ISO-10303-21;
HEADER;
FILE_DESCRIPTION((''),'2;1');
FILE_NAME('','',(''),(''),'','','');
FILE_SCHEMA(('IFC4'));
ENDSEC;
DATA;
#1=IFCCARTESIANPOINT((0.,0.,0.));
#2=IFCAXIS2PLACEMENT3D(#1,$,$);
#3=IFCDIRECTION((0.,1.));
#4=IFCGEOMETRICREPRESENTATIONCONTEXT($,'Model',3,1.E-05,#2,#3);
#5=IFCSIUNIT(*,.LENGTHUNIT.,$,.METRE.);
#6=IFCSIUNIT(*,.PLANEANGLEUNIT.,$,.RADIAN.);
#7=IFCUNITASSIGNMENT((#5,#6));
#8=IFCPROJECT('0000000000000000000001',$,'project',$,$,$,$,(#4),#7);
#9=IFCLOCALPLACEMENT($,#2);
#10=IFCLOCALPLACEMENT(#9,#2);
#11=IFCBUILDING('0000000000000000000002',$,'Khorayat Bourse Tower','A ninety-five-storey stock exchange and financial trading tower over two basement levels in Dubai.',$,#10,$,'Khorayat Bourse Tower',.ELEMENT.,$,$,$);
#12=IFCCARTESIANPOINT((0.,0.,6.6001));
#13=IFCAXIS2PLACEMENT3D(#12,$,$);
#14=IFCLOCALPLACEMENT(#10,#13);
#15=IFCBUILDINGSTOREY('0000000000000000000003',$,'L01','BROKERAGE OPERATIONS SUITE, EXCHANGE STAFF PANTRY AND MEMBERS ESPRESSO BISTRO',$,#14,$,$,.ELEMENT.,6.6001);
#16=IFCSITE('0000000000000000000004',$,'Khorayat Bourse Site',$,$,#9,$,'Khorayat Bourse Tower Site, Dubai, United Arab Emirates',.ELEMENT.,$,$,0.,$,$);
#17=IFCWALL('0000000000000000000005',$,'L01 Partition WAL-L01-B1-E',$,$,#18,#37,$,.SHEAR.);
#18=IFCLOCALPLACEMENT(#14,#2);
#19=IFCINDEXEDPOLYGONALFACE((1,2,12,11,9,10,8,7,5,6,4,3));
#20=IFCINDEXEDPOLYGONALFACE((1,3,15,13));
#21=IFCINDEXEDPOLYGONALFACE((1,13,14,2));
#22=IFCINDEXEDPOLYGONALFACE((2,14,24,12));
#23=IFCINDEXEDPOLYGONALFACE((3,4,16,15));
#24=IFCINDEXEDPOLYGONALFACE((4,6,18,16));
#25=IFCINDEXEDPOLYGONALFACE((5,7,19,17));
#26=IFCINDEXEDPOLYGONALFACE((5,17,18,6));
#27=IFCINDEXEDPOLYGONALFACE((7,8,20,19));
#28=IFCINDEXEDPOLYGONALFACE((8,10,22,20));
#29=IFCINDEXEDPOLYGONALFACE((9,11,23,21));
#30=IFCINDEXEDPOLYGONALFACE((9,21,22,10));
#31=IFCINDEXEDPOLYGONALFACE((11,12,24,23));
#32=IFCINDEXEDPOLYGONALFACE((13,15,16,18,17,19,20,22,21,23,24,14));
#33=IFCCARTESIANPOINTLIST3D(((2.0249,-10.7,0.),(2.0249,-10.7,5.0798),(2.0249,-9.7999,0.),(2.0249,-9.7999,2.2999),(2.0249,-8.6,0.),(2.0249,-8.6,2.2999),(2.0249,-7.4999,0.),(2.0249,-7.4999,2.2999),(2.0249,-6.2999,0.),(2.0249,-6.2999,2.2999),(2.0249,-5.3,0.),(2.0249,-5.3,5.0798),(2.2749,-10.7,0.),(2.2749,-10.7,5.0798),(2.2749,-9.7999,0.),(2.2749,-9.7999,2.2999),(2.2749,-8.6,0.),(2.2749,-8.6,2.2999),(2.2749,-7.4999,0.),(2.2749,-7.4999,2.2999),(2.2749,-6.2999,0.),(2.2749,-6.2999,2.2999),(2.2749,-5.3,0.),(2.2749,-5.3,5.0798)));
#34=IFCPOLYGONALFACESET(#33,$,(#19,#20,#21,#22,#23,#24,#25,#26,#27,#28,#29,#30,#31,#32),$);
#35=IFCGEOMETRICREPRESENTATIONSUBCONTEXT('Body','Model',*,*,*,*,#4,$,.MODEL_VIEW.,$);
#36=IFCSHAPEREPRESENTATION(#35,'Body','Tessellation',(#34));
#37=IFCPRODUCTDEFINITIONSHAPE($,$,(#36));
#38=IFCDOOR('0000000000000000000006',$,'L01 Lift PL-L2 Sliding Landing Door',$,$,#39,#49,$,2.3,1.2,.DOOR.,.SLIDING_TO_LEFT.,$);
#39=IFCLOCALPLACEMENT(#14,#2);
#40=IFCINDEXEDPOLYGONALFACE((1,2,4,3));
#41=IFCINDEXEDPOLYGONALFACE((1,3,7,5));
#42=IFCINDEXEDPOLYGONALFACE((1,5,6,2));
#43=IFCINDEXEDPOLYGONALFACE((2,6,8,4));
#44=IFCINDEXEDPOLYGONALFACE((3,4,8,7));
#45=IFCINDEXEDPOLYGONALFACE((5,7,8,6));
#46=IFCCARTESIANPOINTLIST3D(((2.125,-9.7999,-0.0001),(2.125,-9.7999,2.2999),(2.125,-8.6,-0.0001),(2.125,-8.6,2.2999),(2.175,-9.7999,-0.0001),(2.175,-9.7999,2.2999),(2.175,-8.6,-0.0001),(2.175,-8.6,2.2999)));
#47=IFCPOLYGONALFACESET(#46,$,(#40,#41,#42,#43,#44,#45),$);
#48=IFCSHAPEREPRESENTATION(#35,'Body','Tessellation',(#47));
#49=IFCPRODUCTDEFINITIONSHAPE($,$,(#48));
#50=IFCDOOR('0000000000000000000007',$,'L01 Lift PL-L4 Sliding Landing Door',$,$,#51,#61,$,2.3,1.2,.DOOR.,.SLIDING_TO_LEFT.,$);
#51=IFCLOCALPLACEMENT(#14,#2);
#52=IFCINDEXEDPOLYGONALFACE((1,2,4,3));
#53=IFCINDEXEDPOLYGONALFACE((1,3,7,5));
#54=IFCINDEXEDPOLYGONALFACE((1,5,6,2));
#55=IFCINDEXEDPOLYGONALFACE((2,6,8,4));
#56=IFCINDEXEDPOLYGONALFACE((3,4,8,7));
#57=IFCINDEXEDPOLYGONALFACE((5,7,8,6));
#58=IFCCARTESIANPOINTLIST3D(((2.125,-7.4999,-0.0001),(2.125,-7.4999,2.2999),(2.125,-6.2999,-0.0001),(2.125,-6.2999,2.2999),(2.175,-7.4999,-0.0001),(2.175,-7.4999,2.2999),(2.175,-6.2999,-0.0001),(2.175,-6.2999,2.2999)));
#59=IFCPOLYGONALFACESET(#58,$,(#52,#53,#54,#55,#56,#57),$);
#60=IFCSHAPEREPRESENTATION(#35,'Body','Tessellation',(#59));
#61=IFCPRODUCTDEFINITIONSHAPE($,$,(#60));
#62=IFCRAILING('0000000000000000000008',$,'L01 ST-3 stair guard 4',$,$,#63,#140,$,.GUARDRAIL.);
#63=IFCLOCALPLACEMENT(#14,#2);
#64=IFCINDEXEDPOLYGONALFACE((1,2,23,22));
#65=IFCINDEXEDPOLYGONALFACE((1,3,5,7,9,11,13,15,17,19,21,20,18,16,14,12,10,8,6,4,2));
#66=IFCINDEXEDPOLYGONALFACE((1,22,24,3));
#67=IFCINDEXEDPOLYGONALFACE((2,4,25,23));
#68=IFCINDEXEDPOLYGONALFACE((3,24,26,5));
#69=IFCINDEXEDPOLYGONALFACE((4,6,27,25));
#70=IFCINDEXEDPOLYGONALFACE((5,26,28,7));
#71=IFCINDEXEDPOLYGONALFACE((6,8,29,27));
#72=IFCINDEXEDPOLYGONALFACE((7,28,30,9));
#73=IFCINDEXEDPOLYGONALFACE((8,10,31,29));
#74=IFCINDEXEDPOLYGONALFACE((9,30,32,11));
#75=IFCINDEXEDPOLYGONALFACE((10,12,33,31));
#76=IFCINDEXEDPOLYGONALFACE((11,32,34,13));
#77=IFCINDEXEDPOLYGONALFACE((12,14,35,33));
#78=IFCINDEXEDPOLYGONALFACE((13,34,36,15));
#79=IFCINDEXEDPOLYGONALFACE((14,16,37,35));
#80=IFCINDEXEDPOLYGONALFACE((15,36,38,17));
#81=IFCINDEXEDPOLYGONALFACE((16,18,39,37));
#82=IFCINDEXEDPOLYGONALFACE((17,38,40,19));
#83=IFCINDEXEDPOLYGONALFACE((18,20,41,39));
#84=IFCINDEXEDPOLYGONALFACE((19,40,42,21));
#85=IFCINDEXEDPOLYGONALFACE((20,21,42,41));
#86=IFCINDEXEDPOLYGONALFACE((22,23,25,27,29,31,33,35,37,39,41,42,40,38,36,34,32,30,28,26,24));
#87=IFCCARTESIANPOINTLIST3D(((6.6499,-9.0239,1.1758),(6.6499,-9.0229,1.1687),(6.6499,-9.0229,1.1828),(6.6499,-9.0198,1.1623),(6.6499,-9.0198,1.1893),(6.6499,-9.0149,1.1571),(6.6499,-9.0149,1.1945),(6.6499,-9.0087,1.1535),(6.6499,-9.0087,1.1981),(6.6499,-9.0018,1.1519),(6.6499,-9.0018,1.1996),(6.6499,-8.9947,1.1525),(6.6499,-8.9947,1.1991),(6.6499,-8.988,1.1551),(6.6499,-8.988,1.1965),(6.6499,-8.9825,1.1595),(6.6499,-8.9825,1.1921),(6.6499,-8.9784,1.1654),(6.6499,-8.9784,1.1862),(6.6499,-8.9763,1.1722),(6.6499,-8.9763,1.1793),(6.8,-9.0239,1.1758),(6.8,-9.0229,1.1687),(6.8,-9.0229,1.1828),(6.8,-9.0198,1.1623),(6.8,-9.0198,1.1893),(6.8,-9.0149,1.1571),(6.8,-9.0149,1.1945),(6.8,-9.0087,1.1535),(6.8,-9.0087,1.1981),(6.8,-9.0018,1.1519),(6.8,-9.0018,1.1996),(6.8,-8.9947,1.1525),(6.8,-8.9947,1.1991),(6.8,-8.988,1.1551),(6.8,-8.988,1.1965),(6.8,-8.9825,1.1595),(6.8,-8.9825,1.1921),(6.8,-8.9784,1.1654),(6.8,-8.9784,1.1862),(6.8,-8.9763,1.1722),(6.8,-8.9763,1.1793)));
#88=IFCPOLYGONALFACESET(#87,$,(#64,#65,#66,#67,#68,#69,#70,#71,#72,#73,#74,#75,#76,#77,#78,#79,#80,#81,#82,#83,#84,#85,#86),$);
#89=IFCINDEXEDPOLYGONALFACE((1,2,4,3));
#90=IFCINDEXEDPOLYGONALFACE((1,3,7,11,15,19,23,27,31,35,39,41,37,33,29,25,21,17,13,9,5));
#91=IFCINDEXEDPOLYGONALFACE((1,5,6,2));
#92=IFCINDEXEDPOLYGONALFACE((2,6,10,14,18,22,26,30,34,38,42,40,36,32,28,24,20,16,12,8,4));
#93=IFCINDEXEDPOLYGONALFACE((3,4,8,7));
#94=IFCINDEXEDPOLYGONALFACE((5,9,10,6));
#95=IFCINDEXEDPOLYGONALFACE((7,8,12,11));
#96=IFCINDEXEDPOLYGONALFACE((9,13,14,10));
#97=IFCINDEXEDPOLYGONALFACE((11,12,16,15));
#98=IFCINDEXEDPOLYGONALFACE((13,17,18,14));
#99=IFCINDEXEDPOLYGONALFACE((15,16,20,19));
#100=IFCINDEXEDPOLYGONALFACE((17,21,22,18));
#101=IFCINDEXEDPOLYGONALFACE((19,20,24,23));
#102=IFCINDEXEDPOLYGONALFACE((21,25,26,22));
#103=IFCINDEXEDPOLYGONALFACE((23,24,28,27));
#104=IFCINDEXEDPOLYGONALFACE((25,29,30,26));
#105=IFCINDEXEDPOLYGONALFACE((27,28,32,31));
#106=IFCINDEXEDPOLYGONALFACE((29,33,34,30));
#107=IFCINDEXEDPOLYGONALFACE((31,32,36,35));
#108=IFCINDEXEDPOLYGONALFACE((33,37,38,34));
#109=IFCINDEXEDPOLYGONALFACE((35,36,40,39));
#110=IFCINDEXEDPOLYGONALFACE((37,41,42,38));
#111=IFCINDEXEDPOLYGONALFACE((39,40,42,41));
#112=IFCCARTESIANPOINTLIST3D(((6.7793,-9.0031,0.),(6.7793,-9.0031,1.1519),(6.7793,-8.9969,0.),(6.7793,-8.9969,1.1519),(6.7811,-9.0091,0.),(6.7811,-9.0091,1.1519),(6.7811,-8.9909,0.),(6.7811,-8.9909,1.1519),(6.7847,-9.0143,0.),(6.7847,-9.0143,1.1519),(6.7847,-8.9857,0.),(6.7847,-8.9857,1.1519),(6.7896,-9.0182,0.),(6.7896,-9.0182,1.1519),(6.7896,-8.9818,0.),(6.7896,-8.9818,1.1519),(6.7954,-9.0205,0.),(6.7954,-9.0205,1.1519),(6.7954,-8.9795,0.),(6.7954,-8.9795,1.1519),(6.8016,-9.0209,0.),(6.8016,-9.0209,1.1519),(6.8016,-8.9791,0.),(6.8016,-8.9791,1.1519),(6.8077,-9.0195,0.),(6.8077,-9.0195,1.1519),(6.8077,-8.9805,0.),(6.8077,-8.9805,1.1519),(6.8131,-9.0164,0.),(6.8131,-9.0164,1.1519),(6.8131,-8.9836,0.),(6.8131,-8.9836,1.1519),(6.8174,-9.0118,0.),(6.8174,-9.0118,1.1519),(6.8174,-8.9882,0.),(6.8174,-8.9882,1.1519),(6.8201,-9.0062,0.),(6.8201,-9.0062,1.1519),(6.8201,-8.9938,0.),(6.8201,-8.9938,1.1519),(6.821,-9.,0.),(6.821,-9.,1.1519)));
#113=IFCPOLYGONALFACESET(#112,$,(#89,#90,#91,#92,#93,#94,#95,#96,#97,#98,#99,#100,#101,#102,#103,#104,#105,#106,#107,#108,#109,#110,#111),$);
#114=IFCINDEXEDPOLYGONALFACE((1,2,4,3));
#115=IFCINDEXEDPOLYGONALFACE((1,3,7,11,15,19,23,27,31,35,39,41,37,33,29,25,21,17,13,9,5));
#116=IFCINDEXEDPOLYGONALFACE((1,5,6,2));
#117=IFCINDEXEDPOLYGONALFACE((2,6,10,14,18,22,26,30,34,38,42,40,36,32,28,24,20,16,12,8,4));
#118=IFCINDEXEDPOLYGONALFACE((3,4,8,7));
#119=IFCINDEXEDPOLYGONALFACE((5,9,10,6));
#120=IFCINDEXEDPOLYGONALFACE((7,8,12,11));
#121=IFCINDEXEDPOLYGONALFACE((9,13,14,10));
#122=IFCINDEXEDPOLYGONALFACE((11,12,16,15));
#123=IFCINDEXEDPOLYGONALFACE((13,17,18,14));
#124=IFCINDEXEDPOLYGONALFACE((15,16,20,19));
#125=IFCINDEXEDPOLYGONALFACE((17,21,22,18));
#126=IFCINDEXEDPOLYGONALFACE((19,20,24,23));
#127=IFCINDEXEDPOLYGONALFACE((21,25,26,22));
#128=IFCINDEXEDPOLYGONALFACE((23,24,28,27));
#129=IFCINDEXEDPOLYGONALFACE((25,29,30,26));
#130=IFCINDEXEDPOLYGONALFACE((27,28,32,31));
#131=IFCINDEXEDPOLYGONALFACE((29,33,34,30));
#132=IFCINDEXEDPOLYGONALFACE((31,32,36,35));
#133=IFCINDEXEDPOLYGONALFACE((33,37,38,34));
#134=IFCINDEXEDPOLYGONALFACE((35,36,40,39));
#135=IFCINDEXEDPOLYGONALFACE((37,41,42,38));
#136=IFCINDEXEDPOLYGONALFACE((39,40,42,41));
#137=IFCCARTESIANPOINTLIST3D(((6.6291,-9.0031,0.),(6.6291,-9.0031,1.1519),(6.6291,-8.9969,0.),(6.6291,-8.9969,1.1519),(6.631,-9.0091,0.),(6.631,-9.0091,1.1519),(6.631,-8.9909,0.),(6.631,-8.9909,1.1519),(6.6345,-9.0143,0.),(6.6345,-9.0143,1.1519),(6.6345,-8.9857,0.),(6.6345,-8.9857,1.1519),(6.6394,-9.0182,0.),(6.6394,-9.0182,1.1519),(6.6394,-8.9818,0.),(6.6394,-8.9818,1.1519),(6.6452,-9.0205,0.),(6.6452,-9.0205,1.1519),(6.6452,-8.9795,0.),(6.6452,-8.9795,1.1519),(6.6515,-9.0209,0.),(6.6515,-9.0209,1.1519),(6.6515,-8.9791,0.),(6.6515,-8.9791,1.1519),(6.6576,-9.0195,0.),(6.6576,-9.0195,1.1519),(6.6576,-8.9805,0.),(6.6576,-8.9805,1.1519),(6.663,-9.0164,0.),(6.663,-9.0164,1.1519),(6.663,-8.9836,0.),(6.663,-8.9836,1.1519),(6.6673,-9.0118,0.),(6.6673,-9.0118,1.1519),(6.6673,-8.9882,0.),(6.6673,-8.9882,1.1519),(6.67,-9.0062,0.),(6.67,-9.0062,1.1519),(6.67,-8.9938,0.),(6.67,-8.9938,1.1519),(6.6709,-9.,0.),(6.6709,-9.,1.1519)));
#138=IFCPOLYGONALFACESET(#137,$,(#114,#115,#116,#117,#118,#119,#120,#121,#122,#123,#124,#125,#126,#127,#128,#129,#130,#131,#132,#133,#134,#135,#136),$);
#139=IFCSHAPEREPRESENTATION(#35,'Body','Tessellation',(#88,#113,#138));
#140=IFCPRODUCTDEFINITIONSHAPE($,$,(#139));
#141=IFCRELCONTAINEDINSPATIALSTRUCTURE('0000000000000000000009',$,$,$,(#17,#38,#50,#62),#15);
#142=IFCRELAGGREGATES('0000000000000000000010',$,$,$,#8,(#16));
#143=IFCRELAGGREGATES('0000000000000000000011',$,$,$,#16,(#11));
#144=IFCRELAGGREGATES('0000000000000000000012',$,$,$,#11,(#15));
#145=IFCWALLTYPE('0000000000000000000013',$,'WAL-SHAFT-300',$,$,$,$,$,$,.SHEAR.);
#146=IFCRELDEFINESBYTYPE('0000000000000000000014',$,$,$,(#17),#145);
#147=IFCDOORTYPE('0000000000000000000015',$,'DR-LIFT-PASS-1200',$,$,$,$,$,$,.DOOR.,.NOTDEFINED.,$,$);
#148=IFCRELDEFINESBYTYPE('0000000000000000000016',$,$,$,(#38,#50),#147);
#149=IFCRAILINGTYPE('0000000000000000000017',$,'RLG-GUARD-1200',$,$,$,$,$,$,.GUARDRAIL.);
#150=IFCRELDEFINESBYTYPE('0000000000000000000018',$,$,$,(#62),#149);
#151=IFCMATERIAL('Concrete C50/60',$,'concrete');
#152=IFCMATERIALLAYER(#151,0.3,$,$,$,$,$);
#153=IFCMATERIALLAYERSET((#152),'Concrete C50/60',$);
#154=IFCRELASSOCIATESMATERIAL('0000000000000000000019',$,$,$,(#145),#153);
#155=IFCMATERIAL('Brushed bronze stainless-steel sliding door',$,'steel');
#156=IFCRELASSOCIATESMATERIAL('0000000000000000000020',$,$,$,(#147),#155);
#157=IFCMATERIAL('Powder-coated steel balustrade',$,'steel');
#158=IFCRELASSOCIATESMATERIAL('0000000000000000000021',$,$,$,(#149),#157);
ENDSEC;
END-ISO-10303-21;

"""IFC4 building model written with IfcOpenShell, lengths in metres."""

from ifc_helpers import new_model, si_unit, direction, frame, frame_2d, origin, origin_2d, place, context, subcontext, project, spatial, rectangle, circle, extrude, source, transform, mapped, material, layer, layer_set, type_object, element, fill, save


model = new_model("IFC4")

# Units and contexts
model_context = context("Model", 3, precision=1e-05, world=origin(), true_north=direction((0.0, 1.0)))
body_context = subcontext(model_context, "Body", "Model", "MODEL_VIEW")
ifc_project = project(units=[si_unit("LENGTHUNIT", "METRE"), si_unit("PLANEANGLEUNIT", "RADIAN")], contexts=[model_context])

# Site, building, storey
site_placement = place(None, origin())
site = spatial("IfcSite", under=ifc_project, at=site_placement, Name="Khorayat Bourse Site", LongName="Khorayat Bourse Tower Site, Dubai, United Arab Emirates", CompositionType="ELEMENT", RefElevation=0.0)
building_placement = place(site_placement, origin())
building = spatial("IfcBuilding", under=site, at=building_placement, Name="Khorayat Bourse Tower", Description="A ninety-five-storey stock exchange and financial trading tower over two basement levels in Dubai.", LongName="Khorayat Bourse Tower", CompositionType="ELEMENT")
storey_placement = place(building_placement, frame((0.0, 0.0, 6.6001)))
storey = spatial("IfcBuildingStorey", under=building, at=storey_placement, Name="L01", Description="BROKERAGE OPERATIONS SUITE, EXCHANGE STAFF PANTRY AND MEMBERS ESPRESSO BISTRO", CompositionType="ELEMENT", Elevation=6.6001)

# Wall, openings, doors
ifc_material_1 = material(Name="Concrete C50/60", Category="concrete")
ifc_layer_1 = layer(ifc_material_1, 0.3)
ifc_layer_set_1 = layer_set([ifc_layer_1], Name="Concrete C50/60")
wall_type_1 = type_object("IfcWallType", Name="WAL-SHAFT-300", PredefinedType="SHEAR", material=ifc_layer_set_1)
shared_shape_1 = source(origin(), body_context, "Body", "SweptSolid", [
    extrude(rectangle(XDim=5.3999, YDim=0.25, at=frame_2d((2.7, 0.0))), origin(), (0.0, 0.0, 1.0), 5.0798),
])
wall_1_placement = place(storey_placement, frame((2.1499, -10.7, 0.0), z_axis=(0.0, 0.0, 1.0), x_axis=(0.0, 1.0, 0.0)))
wall_1 = element("IfcWall", 1, at=wall_1_placement, inside=storey, type_object=wall_type_1, Name="L01 Partition WAL-L01-B1-E", PredefinedType="SHEAR", context=body_context, shape_type="MappedRepresentation", body=[
    mapped(shared_shape_1, transform((0.0, 0.0, 0.0), scale=1.0)),
])
shared_shape_2 = source(origin(), body_context, "Body", "SweptSolid", [
    extrude(rectangle(XDim=1.2, YDim=2.3, at=frame_2d((0.6001, 1.1499))), frame((0.0, 0.135, 0.0), z_axis=(0.0, -1.0, 0.0), x_axis=(1.0, 0.0, 0.0)), (0.0, 0.0, 1.0), 0.27),
])
opening_1_placement = place(wall_1_placement, frame((0.8999, 0.0, 0.0)))
opening_1 = element("IfcOpeningElement", 2, at=opening_1_placement, cuts=wall_1, PredefinedType="OPENING", context=body_context, shape_type="MappedRepresentation", body=[
    mapped(shared_shape_2, transform((0.0, 0.0, 0.0), scale=1.0)),
])
opening_2_placement = place(wall_1_placement, frame((3.2, 0.0, 0.0)))
opening_2 = element("IfcOpeningElement", 3, at=opening_2_placement, cuts=wall_1, PredefinedType="OPENING", context=body_context, shape_type="MappedRepresentation", body=[
    mapped(shared_shape_2, transform((0.0, 0.0, 0.0), scale=1.0)),
])
ifc_material_2 = material(Name="Brushed bronze stainless-steel sliding door", Category="steel")
door_type_1 = type_object("IfcDoorType", Name="DR-LIFT-PASS-1200", OperationType="NOTDEFINED", PredefinedType="DOOR", material=ifc_material_2)
shared_shape_3 = source(origin(), body_context, "Body", "SweptSolid", [
    extrude(rectangle(XDim=1.2, YDim=2.3, at=frame_2d((0.6001, 1.1499))), frame((0.0, 0.0249, 0.0), z_axis=(0.0, -1.0, 0.0), x_axis=(1.0, 0.0, 0.0)), (0.0, 0.0, 1.0), 0.05),
])
door_1_placement = place(opening_1_placement, origin())
door_1 = element("IfcDoor", 4, at=door_1_placement, inside=storey, type_object=door_type_1, Name="L01 Lift PL-L2 Sliding Landing Door", OperationType="SLIDING_TO_LEFT", OverallHeight=2.3, OverallWidth=1.2, PredefinedType="DOOR", context=body_context, shape_type="MappedRepresentation", body=[
    mapped(shared_shape_3, transform((0.0, 0.0, 0.0), scale=1.0)),
])
fill(opening_1, door_1)
door_2_placement = place(opening_2_placement, origin())
door_2 = element("IfcDoor", 5, at=door_2_placement, inside=storey, type_object=door_type_1, Name="L01 Lift PL-L4 Sliding Landing Door", OperationType="SLIDING_TO_LEFT", OverallHeight=2.3, OverallWidth=1.2, PredefinedType="DOOR", context=body_context, shape_type="MappedRepresentation", body=[
    mapped(shared_shape_3, transform((0.0, 0.0, 0.0), scale=1.0)),
])
fill(opening_2, door_2)

# Railing
ifc_material_3 = material(Name="Powder-coated steel balustrade", Category="steel")
railing_type = type_object("IfcRailingType", Name="RLG-GUARD-1200", PredefinedType="GUARDRAIL", material=ifc_material_3)
shared_shape_4 = source(origin(), body_context, "Body", "SweptSolid", [
    extrude(circle(Radius=0.0239, at=origin_2d()), frame((0.0, 0.0, 1.1758), z_axis=(-1.0, 0.0, 0.0), x_axis=(0.0, -1.0, 0.0)), (0.0, 0.0, 1.0), 0.1501),
    extrude(circle(Radius=0.021, at=origin_2d()), origin(), (0.0, 0.0, 1.0), 1.1519),
    extrude(circle(Radius=0.021, at=origin_2d()), frame((-0.1501, 0.0, 0.0)), (0.0, 0.0, 1.0), 1.1519),
])
railing_1_placement = place(storey_placement, frame((6.8, -9.0, 0.0)))
element("IfcRailing", 6, at=railing_1_placement, inside=storey, type_object=railing_type, Name="L01 ST-3 stair guard 4", PredefinedType="GUARDRAIL", context=body_context, shape_type="MappedRepresentation", body=[
    mapped(shared_shape_4, transform((0.0, 0.0, 0.0), scale=1.0)),
])

save(model, "model.ifc")
